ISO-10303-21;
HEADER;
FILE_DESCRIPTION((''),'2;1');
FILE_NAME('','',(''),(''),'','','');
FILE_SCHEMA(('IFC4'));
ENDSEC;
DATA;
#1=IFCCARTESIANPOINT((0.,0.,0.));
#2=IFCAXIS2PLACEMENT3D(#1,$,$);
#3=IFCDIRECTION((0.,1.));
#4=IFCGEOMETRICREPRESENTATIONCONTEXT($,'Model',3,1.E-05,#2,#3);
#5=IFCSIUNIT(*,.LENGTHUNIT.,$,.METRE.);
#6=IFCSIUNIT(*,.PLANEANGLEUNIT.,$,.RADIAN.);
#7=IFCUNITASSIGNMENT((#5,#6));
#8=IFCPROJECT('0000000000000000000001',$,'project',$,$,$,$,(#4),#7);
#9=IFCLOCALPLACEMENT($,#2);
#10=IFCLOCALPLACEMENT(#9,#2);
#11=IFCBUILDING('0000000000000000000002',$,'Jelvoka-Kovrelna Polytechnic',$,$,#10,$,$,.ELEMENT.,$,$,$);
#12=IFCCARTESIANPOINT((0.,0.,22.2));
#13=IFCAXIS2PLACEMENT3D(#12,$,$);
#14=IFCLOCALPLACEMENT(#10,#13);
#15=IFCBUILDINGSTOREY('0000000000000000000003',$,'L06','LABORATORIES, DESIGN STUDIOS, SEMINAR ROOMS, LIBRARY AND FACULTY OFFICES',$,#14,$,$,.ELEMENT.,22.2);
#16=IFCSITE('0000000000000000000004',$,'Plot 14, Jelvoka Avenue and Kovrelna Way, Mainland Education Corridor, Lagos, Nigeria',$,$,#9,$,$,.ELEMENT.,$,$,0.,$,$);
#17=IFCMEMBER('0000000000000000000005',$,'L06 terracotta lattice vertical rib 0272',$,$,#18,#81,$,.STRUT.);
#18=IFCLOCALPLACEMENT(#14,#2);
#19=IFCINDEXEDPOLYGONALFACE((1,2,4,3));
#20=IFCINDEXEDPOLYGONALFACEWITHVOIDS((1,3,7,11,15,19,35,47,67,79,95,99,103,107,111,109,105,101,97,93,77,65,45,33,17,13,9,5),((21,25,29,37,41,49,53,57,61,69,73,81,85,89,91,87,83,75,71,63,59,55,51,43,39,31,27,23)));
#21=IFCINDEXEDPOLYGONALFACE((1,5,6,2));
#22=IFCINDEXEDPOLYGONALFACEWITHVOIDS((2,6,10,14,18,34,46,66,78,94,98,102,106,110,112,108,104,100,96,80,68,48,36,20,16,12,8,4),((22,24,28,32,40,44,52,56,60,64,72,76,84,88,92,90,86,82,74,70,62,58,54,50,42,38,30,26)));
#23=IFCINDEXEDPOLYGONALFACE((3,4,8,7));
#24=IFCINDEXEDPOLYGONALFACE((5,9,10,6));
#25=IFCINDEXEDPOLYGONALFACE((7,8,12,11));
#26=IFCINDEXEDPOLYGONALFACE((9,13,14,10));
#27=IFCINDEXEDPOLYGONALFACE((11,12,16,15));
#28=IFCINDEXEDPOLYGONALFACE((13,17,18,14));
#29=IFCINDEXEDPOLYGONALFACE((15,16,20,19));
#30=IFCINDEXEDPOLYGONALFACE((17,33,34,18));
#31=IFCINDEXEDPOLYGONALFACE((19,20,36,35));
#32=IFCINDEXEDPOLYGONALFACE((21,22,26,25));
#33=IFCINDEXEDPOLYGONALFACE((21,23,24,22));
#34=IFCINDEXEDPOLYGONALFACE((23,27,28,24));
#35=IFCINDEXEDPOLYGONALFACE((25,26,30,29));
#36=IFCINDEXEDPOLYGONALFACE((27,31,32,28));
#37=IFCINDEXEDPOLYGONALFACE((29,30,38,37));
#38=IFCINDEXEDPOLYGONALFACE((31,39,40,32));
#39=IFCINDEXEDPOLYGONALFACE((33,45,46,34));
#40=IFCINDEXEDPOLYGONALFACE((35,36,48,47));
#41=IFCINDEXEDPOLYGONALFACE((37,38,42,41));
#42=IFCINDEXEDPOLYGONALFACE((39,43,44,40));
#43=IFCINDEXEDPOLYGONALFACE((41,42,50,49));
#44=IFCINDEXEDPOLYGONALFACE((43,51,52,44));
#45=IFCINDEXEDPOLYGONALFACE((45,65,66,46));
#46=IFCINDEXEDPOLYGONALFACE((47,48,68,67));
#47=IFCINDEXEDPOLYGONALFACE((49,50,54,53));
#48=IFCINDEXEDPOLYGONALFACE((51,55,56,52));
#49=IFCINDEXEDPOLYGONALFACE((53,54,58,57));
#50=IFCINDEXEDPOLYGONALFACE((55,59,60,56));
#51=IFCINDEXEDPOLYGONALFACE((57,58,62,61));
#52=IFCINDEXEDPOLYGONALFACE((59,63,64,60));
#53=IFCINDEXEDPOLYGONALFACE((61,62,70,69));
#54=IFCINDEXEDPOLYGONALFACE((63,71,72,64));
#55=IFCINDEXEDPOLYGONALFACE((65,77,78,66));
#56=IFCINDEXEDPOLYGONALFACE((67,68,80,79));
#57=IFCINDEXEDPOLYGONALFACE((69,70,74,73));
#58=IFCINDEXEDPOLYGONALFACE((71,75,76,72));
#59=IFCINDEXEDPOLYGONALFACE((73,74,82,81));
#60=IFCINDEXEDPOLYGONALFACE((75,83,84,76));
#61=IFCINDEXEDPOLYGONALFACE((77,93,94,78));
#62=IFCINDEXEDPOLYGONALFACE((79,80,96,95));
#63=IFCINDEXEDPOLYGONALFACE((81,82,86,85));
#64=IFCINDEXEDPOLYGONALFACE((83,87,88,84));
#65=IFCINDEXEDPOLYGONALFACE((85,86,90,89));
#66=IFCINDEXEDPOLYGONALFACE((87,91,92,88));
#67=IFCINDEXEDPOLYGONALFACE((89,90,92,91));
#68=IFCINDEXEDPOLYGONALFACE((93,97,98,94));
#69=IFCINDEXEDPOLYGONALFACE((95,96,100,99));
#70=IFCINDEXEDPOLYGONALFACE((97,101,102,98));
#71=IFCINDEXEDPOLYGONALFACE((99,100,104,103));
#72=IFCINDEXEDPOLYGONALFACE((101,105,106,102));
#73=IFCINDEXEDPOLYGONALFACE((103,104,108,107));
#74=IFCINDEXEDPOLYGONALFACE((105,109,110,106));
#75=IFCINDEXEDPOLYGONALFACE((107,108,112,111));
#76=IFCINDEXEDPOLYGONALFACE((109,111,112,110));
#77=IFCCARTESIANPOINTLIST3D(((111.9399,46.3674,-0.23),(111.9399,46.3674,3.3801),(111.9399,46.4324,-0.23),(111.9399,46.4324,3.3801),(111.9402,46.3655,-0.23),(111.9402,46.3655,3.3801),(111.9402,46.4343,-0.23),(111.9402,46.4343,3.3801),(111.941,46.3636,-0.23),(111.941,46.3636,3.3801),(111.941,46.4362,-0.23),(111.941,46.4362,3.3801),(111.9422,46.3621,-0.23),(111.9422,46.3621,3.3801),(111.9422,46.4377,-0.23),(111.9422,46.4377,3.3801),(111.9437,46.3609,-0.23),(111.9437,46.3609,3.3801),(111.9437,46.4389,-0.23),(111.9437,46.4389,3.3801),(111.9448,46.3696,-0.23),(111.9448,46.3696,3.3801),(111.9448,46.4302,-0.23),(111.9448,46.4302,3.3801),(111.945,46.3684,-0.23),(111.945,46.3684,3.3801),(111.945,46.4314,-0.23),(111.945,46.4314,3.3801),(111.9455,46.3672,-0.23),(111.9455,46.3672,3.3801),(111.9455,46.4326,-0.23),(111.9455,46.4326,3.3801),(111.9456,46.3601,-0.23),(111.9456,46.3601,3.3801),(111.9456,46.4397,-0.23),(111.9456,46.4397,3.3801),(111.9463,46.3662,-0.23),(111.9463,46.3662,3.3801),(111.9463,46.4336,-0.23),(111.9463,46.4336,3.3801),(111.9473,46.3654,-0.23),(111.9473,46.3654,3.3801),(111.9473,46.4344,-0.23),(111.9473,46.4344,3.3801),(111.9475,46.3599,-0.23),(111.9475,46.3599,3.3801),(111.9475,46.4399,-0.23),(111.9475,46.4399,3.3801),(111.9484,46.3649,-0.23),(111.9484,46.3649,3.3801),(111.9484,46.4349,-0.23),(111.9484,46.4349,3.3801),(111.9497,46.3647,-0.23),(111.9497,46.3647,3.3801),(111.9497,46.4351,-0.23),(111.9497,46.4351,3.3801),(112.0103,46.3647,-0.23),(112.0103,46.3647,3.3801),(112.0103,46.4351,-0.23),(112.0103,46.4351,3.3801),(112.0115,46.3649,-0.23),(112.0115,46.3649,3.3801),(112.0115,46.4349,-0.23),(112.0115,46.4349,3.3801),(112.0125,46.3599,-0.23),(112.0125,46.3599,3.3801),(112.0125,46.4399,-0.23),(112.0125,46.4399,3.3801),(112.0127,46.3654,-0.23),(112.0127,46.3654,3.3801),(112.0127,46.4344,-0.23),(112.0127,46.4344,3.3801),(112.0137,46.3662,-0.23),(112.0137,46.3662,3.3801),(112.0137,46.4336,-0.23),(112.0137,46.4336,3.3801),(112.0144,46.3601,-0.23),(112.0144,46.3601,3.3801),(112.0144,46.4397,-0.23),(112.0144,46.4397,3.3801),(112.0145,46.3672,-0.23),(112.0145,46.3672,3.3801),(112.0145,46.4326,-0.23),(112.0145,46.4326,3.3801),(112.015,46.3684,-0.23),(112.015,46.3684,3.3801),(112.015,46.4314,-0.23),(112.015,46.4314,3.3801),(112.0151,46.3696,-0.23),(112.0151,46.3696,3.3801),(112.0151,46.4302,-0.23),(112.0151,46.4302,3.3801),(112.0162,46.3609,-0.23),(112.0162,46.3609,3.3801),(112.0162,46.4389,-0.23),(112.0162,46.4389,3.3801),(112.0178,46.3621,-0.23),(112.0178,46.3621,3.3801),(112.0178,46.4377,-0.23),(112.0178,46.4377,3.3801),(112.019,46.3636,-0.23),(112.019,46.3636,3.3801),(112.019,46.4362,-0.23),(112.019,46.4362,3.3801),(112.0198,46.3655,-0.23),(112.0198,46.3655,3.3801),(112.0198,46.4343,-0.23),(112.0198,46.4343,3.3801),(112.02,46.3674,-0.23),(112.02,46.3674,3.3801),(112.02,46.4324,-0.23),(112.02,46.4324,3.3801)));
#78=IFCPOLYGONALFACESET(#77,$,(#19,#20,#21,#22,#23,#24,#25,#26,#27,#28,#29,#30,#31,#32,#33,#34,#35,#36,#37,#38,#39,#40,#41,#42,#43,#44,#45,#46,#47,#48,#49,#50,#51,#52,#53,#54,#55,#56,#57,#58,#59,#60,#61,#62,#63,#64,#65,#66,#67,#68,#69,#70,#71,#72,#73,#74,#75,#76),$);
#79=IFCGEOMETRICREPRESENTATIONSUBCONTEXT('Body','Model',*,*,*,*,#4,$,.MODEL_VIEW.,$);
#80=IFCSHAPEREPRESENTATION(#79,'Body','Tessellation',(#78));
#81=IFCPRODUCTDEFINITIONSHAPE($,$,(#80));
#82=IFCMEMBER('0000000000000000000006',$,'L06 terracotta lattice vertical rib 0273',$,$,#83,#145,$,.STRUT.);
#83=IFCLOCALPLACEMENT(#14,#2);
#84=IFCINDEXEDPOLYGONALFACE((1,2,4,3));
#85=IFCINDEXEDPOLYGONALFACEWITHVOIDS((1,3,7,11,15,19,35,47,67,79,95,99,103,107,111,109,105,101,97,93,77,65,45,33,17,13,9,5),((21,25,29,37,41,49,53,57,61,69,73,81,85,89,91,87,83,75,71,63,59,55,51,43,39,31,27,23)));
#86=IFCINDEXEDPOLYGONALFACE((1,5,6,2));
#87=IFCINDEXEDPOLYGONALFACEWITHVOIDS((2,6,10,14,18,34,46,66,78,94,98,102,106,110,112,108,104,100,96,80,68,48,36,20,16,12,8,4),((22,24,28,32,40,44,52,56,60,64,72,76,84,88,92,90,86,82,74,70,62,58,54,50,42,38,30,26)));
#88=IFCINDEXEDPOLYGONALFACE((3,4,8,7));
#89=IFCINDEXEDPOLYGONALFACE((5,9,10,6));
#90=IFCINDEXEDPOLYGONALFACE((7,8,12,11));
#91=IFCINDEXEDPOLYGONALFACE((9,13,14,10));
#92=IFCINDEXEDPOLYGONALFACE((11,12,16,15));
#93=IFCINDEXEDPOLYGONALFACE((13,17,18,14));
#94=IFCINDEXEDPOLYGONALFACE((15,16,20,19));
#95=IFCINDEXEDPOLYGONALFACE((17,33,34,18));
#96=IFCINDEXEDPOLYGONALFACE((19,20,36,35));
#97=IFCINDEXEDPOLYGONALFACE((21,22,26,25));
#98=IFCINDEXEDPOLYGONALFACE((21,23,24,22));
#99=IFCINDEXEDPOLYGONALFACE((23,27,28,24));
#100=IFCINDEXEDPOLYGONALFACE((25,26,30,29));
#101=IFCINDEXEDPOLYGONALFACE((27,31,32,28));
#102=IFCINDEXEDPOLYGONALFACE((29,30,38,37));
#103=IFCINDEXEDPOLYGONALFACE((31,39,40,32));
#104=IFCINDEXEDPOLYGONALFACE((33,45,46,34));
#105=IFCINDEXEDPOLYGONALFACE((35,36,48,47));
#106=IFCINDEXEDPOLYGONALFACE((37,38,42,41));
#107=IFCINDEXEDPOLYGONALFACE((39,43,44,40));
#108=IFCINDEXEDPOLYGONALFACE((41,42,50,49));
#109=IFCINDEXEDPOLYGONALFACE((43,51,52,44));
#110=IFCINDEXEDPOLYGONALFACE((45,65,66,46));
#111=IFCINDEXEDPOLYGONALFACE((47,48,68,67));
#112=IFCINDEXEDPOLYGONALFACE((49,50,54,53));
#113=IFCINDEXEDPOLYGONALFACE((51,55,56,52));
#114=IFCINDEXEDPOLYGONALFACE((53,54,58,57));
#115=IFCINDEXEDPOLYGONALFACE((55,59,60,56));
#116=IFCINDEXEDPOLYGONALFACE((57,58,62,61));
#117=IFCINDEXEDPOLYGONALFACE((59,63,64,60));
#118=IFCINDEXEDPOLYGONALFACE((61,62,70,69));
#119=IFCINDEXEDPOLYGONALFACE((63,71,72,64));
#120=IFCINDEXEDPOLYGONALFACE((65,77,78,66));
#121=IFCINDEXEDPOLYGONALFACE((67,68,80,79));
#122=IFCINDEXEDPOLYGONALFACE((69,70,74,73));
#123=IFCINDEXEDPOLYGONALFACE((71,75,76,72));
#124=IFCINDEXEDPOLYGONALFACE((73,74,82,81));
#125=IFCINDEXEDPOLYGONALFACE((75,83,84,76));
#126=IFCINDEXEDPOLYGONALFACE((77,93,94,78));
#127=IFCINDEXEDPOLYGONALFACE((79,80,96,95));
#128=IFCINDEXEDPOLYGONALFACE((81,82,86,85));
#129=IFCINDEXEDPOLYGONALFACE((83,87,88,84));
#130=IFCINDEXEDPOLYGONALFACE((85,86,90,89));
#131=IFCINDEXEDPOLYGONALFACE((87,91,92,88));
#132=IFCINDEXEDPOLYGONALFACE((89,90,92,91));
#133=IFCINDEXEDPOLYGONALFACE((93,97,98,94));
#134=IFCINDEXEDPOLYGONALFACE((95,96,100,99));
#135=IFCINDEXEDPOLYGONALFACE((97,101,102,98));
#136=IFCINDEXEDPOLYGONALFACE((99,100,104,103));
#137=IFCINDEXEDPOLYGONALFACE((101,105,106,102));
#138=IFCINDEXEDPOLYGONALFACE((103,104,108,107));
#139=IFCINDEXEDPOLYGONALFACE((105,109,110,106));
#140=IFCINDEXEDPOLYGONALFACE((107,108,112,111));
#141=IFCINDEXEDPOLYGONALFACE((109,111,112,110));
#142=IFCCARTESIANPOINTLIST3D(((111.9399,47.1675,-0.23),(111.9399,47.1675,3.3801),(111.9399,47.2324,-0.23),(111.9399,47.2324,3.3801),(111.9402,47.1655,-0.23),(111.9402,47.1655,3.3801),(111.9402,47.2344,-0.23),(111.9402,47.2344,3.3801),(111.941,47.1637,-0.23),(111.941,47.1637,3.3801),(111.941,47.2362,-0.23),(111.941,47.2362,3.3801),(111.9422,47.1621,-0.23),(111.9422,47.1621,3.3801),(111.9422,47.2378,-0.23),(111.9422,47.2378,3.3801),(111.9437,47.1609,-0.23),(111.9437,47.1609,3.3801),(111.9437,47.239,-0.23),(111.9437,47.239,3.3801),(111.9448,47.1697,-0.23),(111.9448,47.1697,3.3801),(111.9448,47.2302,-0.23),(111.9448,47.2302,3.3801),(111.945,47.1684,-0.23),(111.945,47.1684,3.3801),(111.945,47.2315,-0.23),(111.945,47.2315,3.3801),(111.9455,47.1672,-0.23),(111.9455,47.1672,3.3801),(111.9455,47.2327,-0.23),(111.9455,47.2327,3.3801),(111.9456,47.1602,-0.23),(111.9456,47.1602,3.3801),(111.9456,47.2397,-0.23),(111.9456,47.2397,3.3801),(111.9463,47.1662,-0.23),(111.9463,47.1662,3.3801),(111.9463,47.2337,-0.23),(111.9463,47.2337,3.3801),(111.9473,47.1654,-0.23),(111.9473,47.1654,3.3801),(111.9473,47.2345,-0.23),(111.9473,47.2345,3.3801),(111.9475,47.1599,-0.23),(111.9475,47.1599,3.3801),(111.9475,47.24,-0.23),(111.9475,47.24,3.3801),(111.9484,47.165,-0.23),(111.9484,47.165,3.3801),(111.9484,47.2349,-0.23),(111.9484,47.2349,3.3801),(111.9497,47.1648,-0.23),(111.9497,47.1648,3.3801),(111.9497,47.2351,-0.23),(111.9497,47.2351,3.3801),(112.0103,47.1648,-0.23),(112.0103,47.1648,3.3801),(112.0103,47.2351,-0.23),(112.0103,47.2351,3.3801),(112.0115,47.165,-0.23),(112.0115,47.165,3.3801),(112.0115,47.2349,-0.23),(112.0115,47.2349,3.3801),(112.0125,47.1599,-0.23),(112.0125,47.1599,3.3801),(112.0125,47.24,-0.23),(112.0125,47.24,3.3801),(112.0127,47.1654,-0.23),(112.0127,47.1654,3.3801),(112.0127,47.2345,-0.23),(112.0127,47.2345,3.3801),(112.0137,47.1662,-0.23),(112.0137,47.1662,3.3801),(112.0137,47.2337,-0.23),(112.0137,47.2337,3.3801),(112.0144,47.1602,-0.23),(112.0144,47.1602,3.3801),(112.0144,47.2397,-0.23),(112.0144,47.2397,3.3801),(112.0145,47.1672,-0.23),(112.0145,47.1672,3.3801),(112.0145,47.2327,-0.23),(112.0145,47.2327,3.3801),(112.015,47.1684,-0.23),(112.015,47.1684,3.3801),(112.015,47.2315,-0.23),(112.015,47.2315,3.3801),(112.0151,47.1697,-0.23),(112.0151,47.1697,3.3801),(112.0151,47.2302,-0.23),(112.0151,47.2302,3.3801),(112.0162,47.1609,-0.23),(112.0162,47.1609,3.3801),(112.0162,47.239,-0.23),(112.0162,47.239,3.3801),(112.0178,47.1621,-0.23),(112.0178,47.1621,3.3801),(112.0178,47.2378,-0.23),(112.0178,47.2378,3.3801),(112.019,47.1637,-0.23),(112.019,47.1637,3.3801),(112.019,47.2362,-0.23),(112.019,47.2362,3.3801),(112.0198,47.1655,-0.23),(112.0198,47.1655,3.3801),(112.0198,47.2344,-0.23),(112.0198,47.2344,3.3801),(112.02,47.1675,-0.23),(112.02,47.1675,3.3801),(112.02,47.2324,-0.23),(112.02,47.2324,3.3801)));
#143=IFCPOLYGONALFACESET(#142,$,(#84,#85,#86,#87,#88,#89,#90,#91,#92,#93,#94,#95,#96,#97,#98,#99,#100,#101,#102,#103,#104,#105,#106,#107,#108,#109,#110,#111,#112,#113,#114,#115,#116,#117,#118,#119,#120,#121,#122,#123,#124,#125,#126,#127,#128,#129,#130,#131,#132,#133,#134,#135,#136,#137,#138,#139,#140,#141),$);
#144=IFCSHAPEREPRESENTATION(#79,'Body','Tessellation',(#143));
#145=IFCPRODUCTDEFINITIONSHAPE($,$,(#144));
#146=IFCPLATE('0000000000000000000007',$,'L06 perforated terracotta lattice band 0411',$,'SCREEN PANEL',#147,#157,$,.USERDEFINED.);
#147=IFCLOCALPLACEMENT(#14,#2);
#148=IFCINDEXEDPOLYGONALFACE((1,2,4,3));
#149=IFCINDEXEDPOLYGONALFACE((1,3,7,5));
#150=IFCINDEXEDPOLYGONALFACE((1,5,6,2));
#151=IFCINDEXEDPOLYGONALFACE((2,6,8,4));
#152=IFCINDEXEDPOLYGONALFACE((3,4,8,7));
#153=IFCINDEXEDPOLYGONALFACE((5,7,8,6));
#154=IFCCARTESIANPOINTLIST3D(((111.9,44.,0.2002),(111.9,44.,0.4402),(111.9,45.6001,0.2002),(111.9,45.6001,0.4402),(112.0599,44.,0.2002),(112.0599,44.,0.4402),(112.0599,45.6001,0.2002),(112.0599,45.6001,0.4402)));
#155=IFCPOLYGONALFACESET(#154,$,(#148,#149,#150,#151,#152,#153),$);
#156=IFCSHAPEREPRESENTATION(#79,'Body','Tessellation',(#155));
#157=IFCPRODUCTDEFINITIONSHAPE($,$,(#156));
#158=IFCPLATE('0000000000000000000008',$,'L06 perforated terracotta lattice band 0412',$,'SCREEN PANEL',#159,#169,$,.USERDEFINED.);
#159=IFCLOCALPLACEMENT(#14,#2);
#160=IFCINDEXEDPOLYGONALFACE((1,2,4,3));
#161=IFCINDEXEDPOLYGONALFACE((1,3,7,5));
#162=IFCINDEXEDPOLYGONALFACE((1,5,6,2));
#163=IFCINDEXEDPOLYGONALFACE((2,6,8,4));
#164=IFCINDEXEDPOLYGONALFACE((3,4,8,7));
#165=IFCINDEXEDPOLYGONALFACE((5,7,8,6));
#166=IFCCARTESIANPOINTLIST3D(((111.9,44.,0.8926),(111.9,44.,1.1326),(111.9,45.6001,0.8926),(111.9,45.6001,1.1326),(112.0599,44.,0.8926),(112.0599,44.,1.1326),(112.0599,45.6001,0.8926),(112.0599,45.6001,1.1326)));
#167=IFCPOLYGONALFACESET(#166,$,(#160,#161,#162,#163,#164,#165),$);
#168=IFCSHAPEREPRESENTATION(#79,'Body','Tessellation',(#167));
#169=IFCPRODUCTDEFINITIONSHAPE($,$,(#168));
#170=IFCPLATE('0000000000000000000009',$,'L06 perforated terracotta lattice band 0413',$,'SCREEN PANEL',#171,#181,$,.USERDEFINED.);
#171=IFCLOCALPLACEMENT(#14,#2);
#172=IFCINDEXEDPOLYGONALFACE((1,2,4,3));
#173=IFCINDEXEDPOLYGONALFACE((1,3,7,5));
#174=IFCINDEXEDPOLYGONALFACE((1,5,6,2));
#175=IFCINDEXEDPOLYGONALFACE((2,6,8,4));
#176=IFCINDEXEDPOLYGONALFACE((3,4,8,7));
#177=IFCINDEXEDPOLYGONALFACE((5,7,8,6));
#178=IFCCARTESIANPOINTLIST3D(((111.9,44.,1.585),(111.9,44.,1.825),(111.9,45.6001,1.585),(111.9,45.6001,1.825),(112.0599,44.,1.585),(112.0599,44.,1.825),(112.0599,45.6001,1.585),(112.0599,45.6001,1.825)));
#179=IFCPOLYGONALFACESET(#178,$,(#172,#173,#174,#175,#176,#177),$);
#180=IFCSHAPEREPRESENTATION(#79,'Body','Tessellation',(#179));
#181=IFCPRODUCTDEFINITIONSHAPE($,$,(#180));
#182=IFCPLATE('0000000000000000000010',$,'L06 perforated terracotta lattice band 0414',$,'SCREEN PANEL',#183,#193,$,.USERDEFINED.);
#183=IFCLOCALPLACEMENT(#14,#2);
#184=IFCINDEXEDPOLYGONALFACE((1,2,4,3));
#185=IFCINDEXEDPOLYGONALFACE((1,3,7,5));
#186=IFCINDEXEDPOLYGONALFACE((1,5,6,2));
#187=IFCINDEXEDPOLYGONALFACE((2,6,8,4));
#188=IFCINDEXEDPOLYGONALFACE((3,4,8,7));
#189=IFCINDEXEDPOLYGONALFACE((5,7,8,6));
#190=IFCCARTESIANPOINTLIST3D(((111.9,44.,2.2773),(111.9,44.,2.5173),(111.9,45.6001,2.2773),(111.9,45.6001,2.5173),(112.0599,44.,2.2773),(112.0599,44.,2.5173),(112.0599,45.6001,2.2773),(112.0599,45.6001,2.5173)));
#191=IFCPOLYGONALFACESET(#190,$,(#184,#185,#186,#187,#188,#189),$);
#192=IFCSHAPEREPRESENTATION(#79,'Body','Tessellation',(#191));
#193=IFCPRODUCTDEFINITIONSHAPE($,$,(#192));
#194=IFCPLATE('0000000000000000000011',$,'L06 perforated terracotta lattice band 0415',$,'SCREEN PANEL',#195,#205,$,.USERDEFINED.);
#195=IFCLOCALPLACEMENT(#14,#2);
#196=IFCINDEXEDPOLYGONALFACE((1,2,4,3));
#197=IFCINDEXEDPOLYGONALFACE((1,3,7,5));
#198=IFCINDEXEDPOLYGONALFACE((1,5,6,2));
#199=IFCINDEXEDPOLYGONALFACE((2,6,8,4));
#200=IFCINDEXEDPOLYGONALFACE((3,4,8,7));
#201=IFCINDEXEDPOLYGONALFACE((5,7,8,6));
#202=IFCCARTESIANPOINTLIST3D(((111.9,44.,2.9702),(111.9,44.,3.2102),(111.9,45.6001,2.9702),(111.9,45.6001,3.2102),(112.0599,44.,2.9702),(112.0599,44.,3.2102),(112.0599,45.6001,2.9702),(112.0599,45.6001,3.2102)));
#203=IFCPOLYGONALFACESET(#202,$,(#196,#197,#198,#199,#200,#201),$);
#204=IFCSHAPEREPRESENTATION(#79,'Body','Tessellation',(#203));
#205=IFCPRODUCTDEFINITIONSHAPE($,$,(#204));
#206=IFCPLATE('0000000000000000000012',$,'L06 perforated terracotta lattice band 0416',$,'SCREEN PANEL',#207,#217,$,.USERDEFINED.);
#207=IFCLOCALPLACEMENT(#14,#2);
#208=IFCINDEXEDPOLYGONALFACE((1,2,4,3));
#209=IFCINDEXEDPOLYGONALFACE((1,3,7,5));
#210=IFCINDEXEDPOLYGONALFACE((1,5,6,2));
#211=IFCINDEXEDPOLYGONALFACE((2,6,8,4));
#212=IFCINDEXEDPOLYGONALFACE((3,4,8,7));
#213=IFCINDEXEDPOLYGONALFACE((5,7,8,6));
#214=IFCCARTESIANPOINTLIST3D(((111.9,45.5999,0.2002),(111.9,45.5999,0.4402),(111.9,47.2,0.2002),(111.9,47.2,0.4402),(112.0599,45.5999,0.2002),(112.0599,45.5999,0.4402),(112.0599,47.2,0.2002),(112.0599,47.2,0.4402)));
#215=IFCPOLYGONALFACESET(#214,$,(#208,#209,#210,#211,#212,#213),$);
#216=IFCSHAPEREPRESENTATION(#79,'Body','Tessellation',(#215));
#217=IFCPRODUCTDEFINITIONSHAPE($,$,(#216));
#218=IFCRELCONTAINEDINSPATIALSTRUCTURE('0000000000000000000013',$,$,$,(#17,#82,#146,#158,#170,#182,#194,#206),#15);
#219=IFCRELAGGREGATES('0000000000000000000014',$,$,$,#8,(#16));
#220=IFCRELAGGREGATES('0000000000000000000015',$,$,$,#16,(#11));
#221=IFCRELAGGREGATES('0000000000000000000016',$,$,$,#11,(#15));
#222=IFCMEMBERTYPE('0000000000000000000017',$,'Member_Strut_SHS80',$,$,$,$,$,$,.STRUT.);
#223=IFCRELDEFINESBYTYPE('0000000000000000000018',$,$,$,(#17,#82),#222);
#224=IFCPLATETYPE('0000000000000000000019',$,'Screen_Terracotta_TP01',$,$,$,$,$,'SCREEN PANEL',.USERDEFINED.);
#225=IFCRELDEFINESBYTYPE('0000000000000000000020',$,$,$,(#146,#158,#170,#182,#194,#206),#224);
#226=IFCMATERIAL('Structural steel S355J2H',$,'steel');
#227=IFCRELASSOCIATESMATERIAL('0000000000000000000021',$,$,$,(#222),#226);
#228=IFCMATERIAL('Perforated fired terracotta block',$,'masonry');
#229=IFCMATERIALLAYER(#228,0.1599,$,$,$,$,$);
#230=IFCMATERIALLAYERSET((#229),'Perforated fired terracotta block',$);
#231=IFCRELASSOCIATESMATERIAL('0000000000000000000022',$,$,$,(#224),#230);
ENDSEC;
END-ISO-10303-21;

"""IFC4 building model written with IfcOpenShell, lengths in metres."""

from ifc_helpers import new_model, si_unit, direction, frame, origin, origin_2d, place, context, subcontext, project, spatial, rectangle, hollow_rectangle, extrude, material, layer, layer_set, material_profile, profile_set, type_object, element, save


model = new_model("IFC4")

# Units and contexts
model_context = context("Model", 3, precision=1e-05, world=origin(), true_north=direction((0.0, 1.0)))
body_context = subcontext(model_context, "Body", "Model", "MODEL_VIEW")
ifc_project = project(units=[si_unit("LENGTHUNIT", "METRE"), si_unit("PLANEANGLEUNIT", "RADIAN")], contexts=[model_context])

# Site, building, storey
site_placement = place(None, origin())
site = spatial("IfcSite", under=ifc_project, at=site_placement, Name="Plot 14, Jelvoka Avenue and Kovrelna Way, Mainland Education Corridor, Lagos, Nigeria", CompositionType="ELEMENT", RefElevation=0.0)
building_placement = place(site_placement, origin())
building = spatial("IfcBuilding", under=site, at=building_placement, Name="Jelvoka-Kovrelna Polytechnic", CompositionType="ELEMENT")
storey_placement = place(building_placement, frame((0.0, 0.0, 22.2)))
storey = spatial("IfcBuildingStorey", under=building, at=storey_placement, Name="L06", Description="LABORATORIES, DESIGN STUDIOS, SEMINAR ROOMS, LIBRARY AND FACULTY OFFICES", CompositionType="ELEMENT", Elevation=22.2)

# Members
ifc_material_1 = material(Name="Structural steel S355J2H", Category="steel")
ifc_material_profile_1 = material_profile(ifc_material_1, hollow_rectangle(XDim=0.0801, YDim=0.0801, WallThickness=0.0049, InnerFilletRadius=0.0049, OuterFilletRadius=0.0076, at=origin_2d()), Name="80x80x5.0 SHS")
ifc_profile_set_1 = profile_set([ifc_material_profile_1], Name="Structural steel S355J2H")
member_type = type_object("IfcMemberType", Name="Member_Strut_SHS80", PredefinedType="STRUT", material=ifc_profile_set_1)
for number, where, z_axis, x_axis, name in (
    (1, (111.98, 46.3999, -0.23), (0.0, 0.0, 1.0), (1.0, 0.0, 0.0), "L06 terracotta lattice vertical rib 0272"),
    (2, (111.98, 47.2, -0.23), (0.0, 0.0, 1.0), (1.0, 0.0, 0.0), "L06 terracotta lattice vertical rib 0273"),
):
    element("IfcMember", number, at=place(storey_placement, frame(where, z_axis=z_axis, x_axis=x_axis)), inside=storey, type_object=member_type, Name=name, PredefinedType="STRUT", context=body_context, shape_type="SweptSolid", body=[
        extrude(hollow_rectangle(XDim=0.0801, YDim=0.0801, WallThickness=0.0049, InnerFilletRadius=0.0049, OuterFilletRadius=0.0076, at=origin_2d()), origin(), (0.0, 0.0, 1.0), 3.6101),
    ])

# Plates
ifc_material_2 = material(Name="Perforated fired terracotta block", Category="masonry")
ifc_layer_1 = layer(ifc_material_2, 0.1599)
ifc_layer_set_1 = layer_set([ifc_layer_1], Name="Perforated fired terracotta block")
plate_type = type_object("IfcPlateType", Name="Screen_Terracotta_TP01", ElementType="SCREEN PANEL", PredefinedType="USERDEFINED", material=ifc_layer_set_1)
for number, where, z_axis, x_axis, name in (
    (3, (111.98, 44.8, 0.2002), (0.0, 0.0, 1.0), (0.0, 1.0, 0.0), "L06 perforated terracotta lattice band 0411"),
    (4, (111.98, 44.8, 0.8926), (0.0, 0.0, 1.0), (0.0, 1.0, 0.0), "L06 perforated terracotta lattice band 0412"),
    (5, (111.98, 44.8, 1.585), (0.0, 0.0, 1.0), (0.0, 1.0, 0.0), "L06 perforated terracotta lattice band 0413"),
    (6, (111.98, 44.8, 2.2773), (0.0, 0.0, 1.0), (0.0, 1.0, 0.0), "L06 perforated terracotta lattice band 0414"),
    (7, (111.98, 44.8, 2.9702), (0.0, 0.0, 1.0), (0.0, 1.0, 0.0), "L06 perforated terracotta lattice band 0415"),
    (8, (111.98, 46.3999, 0.2002), (0.0, 0.0, 1.0), (0.0, 1.0, 0.0), "L06 perforated terracotta lattice band 0416"),
):
    element("IfcPlate", number, at=place(storey_placement, frame(where, z_axis=z_axis, x_axis=x_axis)), inside=storey, type_object=plate_type, Name=name, ObjectType="SCREEN PANEL", PredefinedType="USERDEFINED", context=body_context, shape_type="SweptSolid", body=[
        extrude(rectangle(XDim=1.6001, YDim=0.1599, at=origin_2d()), origin(), (0.0, 0.0, 1.0), 0.24),
    ])

save(model, "model.ifc")
